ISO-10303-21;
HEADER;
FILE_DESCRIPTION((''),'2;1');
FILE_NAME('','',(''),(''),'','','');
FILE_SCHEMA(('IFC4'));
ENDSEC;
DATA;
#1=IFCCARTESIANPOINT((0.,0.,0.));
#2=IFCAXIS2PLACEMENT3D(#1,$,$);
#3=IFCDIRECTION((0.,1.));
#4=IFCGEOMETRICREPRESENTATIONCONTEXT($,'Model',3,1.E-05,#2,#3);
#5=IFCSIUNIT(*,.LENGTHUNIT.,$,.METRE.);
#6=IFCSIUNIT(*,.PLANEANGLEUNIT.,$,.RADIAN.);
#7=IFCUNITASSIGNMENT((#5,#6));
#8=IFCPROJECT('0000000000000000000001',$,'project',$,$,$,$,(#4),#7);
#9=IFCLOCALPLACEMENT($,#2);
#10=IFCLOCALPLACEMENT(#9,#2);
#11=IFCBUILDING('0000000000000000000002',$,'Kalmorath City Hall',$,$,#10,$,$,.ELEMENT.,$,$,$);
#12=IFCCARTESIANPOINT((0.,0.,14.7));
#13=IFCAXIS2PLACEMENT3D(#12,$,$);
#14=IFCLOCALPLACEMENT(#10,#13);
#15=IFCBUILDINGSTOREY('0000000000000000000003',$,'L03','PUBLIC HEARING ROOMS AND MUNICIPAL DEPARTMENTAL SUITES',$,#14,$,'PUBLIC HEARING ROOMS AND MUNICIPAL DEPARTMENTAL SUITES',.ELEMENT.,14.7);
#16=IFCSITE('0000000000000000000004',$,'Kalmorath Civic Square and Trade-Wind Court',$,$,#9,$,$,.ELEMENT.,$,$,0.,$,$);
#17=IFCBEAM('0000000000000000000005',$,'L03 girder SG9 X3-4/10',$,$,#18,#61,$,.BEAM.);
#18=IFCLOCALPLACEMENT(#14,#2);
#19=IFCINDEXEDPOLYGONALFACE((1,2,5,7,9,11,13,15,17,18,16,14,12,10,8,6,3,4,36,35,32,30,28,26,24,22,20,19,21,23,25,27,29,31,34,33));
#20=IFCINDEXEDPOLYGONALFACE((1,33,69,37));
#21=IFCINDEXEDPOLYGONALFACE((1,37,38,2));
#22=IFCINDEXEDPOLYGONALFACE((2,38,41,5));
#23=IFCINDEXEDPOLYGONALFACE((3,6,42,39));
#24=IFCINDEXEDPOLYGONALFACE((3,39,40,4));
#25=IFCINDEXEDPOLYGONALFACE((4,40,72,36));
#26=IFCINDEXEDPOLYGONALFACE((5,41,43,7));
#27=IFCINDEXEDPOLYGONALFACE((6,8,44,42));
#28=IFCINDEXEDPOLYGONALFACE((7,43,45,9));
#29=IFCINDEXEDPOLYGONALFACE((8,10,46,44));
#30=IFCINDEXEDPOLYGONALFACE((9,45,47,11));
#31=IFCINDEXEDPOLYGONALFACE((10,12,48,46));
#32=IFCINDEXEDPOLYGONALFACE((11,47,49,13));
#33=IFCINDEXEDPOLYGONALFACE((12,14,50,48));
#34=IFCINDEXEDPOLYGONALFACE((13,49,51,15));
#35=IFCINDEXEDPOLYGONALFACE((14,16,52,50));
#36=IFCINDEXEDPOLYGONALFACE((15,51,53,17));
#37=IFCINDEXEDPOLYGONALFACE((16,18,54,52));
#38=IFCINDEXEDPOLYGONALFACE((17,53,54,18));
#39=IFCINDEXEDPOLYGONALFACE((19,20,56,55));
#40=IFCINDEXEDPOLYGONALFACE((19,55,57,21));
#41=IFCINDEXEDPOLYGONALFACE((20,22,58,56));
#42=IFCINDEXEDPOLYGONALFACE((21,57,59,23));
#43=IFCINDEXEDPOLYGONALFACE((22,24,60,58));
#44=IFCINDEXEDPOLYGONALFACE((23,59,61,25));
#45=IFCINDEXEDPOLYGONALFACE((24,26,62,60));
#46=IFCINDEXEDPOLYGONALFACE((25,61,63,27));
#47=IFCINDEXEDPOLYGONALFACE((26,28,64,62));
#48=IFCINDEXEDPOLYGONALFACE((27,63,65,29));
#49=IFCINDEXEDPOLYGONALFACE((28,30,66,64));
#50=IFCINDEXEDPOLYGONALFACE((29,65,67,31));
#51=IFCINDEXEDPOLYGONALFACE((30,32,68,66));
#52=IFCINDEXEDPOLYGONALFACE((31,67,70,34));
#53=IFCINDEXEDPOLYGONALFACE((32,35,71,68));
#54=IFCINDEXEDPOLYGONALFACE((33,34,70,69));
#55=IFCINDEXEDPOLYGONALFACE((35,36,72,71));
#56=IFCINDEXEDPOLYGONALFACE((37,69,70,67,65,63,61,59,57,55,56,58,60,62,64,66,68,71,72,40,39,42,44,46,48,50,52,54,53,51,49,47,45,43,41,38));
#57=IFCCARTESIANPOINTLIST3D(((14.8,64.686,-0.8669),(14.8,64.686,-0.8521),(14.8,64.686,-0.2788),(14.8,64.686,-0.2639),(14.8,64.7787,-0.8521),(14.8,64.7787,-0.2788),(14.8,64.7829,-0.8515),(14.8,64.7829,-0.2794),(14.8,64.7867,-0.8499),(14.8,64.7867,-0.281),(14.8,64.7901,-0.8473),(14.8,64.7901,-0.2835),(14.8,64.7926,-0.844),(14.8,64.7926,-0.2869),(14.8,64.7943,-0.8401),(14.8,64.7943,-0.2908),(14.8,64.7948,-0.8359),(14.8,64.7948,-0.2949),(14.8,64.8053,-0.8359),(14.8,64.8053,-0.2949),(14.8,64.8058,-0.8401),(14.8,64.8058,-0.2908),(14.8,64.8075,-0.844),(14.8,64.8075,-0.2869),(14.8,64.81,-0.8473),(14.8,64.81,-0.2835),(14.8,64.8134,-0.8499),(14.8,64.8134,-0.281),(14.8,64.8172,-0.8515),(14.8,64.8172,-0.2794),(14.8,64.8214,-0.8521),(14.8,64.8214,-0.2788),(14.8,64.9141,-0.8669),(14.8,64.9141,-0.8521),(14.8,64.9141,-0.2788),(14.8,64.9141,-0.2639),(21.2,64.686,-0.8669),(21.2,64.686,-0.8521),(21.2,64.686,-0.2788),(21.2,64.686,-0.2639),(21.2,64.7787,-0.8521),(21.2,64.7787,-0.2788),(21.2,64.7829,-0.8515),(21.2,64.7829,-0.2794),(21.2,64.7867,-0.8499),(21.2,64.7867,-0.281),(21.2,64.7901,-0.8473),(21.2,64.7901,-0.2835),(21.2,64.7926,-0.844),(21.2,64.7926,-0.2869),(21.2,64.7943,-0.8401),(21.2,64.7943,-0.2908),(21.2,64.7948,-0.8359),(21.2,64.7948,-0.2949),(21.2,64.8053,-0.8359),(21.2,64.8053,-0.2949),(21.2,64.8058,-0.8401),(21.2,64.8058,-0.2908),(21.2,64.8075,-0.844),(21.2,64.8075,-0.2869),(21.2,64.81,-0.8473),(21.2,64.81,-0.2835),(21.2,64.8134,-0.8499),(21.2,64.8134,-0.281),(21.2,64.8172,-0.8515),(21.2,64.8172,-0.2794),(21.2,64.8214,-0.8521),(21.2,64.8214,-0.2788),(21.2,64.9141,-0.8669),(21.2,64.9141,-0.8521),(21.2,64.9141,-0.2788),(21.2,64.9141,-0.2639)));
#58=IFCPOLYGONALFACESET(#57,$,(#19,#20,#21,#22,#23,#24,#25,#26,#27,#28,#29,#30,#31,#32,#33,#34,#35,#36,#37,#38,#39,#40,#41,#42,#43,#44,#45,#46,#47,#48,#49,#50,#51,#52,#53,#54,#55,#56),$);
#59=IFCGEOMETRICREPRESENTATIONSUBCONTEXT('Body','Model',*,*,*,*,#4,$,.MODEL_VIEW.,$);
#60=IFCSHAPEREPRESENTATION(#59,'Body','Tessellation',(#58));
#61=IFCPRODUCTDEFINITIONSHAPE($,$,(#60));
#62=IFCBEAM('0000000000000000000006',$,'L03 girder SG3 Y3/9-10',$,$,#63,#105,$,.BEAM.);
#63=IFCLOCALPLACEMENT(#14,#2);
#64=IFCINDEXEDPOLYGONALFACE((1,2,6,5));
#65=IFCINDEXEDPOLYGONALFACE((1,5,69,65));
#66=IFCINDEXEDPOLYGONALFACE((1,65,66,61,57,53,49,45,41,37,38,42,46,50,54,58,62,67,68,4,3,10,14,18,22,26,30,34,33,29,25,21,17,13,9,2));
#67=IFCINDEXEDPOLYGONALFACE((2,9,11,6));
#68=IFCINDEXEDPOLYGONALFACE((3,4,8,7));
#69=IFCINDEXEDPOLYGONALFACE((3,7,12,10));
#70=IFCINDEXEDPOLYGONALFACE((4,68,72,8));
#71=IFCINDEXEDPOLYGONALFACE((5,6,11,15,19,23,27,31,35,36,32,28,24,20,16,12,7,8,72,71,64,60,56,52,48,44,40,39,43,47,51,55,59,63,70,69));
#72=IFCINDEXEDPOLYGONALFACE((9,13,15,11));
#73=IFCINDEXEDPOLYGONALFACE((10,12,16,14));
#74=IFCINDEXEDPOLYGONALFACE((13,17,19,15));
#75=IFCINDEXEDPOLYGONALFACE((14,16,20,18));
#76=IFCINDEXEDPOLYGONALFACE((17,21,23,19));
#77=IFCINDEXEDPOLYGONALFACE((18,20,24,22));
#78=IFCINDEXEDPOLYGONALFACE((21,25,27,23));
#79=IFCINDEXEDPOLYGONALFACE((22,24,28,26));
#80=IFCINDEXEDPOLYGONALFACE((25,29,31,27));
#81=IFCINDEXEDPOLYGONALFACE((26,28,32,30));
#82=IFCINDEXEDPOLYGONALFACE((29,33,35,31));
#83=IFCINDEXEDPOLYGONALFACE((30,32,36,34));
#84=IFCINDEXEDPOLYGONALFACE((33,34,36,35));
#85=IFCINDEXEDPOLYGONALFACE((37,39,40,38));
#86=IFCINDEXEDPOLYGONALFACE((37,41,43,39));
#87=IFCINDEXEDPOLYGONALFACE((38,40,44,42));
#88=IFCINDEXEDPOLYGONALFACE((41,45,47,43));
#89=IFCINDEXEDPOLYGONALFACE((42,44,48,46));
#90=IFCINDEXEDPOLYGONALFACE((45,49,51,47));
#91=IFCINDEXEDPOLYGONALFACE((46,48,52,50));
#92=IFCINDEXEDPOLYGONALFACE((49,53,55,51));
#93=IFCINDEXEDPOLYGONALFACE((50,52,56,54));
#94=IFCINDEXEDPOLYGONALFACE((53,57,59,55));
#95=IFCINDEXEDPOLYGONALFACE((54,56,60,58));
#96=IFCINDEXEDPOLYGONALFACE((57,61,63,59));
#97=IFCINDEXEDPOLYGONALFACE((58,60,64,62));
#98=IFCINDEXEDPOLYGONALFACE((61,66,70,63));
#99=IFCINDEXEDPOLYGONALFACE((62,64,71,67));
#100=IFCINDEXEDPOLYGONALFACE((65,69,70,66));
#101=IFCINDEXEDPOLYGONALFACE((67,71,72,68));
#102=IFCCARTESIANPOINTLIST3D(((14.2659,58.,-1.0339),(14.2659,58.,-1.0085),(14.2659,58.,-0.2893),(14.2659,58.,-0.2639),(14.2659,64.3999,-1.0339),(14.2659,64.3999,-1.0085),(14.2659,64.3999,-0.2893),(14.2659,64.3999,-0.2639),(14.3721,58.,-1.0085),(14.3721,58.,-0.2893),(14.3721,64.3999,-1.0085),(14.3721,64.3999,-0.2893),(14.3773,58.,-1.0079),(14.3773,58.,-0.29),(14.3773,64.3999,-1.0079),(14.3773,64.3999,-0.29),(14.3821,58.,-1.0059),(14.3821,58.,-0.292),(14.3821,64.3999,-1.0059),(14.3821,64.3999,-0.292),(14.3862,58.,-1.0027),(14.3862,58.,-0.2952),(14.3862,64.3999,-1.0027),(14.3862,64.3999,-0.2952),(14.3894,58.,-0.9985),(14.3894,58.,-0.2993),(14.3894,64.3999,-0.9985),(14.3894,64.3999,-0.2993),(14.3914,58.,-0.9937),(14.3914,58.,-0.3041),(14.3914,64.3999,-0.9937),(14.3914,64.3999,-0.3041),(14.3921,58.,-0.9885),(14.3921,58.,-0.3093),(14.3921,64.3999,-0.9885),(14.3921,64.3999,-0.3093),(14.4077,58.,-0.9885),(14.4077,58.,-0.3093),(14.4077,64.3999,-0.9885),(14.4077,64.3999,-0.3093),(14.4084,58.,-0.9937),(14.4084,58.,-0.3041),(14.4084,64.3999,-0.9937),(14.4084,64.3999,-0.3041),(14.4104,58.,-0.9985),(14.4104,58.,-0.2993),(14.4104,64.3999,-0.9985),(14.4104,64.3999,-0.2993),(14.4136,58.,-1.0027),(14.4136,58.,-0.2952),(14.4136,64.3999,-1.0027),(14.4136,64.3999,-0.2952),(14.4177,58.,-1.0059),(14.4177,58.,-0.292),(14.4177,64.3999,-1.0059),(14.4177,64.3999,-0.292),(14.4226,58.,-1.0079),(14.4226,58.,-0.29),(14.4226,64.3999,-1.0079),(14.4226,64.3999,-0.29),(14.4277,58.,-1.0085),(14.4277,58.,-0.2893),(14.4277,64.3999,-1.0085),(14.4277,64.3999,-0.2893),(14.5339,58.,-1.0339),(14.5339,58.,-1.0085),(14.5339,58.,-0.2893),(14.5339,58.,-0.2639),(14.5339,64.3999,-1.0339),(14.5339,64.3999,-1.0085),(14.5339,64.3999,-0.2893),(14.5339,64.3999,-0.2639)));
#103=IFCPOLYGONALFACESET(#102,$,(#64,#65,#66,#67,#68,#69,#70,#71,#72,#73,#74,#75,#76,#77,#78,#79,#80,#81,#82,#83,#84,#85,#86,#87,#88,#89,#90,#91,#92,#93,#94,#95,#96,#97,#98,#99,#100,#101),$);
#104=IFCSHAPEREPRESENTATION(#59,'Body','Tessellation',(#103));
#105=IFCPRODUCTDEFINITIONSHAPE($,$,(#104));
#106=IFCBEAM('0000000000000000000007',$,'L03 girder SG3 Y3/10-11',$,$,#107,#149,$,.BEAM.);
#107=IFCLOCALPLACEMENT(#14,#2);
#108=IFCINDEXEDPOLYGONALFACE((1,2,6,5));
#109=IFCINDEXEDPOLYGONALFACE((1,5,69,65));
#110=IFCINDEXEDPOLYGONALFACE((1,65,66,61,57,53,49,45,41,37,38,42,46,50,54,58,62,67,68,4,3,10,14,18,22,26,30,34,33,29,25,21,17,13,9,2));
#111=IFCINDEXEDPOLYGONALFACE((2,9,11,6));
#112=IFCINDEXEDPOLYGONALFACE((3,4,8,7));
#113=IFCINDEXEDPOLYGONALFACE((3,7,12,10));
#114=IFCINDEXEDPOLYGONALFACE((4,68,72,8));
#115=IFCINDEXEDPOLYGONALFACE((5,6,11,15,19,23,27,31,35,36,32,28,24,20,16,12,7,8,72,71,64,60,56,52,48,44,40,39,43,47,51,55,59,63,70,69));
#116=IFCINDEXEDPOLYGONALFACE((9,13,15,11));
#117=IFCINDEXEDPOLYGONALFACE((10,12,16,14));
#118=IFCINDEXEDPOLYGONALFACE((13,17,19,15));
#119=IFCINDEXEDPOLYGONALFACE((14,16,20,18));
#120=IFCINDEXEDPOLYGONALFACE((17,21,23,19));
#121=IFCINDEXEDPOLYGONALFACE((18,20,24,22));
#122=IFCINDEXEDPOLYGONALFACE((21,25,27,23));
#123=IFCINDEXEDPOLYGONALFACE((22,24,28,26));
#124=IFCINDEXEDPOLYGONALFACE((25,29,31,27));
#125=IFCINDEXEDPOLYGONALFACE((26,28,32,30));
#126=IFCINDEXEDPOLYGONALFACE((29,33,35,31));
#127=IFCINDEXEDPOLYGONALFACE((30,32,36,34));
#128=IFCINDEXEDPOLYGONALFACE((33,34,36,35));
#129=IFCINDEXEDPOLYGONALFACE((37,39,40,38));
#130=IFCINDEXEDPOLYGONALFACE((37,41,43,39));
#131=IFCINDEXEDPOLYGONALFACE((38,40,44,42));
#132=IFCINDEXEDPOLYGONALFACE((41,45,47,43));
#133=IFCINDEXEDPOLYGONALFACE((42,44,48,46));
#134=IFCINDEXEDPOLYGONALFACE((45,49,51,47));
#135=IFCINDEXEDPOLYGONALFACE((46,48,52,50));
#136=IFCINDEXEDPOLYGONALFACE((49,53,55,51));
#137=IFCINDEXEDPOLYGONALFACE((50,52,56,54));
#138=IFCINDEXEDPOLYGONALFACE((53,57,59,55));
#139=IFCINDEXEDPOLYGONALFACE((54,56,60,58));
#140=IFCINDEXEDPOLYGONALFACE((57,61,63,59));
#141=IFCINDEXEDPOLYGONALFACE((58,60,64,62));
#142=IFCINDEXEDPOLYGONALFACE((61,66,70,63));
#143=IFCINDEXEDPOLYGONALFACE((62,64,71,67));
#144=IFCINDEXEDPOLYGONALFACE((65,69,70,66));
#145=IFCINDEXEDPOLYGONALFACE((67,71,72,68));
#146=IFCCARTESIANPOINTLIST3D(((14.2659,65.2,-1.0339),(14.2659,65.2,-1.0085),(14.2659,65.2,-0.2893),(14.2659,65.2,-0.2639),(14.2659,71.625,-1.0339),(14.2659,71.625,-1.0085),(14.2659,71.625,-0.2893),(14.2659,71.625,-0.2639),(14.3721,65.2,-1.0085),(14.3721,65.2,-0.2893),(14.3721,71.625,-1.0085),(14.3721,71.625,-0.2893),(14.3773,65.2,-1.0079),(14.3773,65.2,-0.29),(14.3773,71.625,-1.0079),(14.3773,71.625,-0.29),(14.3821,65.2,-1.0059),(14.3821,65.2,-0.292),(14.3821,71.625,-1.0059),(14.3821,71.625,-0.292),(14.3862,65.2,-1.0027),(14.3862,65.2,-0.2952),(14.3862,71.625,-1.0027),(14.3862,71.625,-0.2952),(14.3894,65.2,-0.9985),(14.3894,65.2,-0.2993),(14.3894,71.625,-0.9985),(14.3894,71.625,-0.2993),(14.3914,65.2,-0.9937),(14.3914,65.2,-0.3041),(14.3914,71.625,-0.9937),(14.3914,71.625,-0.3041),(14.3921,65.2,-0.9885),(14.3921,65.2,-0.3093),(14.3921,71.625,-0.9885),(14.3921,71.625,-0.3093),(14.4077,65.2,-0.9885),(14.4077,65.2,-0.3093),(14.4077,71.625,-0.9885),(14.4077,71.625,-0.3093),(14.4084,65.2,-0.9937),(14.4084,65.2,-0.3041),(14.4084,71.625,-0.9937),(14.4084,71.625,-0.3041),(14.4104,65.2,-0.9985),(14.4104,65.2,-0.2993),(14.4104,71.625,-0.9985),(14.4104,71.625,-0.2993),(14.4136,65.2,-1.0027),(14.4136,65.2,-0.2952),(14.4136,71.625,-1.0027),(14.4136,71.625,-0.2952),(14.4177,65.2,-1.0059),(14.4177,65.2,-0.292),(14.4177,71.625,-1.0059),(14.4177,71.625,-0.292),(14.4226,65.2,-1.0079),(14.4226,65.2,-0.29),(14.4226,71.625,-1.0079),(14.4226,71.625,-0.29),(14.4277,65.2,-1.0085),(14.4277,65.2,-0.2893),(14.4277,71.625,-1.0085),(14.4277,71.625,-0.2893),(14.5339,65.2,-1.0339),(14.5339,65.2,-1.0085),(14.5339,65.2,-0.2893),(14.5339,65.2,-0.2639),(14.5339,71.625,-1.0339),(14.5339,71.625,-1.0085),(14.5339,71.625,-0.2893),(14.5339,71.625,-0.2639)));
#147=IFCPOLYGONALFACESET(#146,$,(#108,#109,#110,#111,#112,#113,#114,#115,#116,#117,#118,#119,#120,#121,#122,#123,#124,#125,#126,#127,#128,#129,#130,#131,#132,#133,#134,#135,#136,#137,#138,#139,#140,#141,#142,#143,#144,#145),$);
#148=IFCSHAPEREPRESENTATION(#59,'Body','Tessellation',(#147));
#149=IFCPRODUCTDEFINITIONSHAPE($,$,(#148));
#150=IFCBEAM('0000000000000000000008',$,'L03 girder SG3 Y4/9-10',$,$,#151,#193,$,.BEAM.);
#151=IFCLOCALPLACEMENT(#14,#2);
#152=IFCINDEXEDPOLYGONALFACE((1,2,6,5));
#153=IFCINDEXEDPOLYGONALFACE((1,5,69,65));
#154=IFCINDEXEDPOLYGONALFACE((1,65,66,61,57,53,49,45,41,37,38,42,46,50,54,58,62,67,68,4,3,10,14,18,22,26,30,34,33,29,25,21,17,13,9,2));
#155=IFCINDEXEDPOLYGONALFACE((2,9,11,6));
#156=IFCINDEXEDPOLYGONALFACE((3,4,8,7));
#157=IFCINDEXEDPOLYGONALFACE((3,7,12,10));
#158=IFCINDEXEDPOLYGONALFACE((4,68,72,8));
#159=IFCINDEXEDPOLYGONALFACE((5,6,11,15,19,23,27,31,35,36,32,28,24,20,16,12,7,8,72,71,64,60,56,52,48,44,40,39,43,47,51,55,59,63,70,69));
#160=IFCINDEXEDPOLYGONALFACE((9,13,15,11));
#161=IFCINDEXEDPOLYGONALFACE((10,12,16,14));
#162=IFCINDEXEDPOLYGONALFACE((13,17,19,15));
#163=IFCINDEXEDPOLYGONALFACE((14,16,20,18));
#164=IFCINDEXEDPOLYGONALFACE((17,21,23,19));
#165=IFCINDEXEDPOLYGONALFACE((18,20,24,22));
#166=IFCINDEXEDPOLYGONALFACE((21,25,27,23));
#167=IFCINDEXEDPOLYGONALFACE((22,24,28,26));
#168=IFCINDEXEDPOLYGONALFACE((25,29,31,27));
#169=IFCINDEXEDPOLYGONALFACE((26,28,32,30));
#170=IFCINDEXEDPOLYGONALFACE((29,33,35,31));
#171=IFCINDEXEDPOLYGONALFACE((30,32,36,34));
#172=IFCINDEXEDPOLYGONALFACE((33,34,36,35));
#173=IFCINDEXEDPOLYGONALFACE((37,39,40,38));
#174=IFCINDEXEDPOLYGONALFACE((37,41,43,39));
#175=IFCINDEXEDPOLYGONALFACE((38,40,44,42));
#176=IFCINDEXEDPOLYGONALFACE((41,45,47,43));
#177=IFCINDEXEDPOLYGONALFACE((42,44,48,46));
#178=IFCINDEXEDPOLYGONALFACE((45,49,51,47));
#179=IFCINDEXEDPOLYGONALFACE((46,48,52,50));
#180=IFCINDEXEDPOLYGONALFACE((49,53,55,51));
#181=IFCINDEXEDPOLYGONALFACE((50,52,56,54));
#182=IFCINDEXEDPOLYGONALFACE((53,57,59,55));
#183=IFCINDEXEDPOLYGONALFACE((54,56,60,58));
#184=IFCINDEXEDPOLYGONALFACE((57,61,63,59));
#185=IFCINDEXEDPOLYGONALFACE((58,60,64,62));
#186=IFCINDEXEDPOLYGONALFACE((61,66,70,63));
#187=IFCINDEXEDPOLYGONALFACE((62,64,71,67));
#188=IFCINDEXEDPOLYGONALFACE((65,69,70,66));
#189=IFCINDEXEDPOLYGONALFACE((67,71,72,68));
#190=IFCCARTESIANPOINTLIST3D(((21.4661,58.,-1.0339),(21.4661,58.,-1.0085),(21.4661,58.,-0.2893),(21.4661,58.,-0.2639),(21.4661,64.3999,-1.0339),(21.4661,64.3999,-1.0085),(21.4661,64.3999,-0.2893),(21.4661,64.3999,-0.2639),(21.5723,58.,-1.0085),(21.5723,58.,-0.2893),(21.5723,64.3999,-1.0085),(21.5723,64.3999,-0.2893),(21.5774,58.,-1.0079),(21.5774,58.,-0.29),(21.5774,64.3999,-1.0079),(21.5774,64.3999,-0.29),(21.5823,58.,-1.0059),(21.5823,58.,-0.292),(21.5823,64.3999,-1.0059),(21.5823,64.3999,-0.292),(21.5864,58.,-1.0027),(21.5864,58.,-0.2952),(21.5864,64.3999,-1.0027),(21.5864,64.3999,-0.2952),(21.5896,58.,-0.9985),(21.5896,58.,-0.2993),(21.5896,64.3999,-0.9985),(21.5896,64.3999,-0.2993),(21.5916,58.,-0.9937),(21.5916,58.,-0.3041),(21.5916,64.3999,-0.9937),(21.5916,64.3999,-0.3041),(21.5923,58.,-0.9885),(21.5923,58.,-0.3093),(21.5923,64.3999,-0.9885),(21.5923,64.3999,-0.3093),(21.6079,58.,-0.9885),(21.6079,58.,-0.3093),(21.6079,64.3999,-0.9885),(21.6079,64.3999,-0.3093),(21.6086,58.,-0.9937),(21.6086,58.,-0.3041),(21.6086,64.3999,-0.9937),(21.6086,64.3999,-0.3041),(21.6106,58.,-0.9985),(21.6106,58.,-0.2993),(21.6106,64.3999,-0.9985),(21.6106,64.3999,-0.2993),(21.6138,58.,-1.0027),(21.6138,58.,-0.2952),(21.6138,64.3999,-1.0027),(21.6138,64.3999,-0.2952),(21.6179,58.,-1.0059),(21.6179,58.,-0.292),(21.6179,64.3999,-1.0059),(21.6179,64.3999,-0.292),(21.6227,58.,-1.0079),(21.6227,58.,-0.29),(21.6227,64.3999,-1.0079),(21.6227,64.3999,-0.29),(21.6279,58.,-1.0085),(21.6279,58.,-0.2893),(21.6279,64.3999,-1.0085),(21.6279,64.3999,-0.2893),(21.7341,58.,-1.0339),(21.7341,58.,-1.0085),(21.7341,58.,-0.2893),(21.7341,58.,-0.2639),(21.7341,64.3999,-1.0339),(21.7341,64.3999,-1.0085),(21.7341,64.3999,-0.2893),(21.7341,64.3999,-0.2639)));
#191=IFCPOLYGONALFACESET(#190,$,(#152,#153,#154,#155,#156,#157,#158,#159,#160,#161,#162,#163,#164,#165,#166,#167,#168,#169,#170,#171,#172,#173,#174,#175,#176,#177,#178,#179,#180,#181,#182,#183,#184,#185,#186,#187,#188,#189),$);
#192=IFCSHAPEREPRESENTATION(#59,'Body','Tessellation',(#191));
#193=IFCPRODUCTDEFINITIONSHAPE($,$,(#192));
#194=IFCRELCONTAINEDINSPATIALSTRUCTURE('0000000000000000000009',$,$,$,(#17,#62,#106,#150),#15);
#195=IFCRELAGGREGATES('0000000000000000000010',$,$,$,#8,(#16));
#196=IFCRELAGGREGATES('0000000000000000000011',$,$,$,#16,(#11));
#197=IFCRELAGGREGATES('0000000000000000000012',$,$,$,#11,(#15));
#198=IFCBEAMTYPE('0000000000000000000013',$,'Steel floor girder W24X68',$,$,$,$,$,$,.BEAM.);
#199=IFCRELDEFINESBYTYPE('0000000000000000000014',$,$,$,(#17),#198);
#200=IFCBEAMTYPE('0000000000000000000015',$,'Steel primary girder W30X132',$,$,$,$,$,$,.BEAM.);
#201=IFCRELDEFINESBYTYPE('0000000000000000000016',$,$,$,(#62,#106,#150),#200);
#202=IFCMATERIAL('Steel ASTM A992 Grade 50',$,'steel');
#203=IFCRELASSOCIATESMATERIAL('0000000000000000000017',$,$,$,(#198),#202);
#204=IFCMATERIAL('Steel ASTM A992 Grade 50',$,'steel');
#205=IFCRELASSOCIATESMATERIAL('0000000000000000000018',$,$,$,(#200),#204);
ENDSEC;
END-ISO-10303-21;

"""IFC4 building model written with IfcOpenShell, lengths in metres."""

from ifc_helpers import new_model, si_unit, direction, frame, origin, origin_2d, place, context, subcontext, project, spatial, i_section, extrude, material, material_profile, profile_set, type_object, element, save


model = new_model("IFC4")

# Units and contexts
model_context = context("Model", 3, precision=1e-05, world=origin(), true_north=direction((0.0, 1.0)))
body_context = subcontext(model_context, "Body", "Model", "MODEL_VIEW")
ifc_project = project(units=[si_unit("LENGTHUNIT", "METRE"), si_unit("PLANEANGLEUNIT", "RADIAN")], contexts=[model_context])

# Site, building, storey
site_placement = place(None, origin())
site = spatial("IfcSite", under=ifc_project, at=site_placement, Name="Kalmorath Civic Square and Trade-Wind Court", CompositionType="ELEMENT", RefElevation=0.0)
building_placement = place(site_placement, origin())
building = spatial("IfcBuilding", under=site, at=building_placement, Name="Kalmorath City Hall", CompositionType="ELEMENT")
storey_placement = place(building_placement, frame((0.0, 0.0, 14.7)))
storey = spatial("IfcBuildingStorey", under=building, at=storey_placement, Name="L03", Description="PUBLIC HEARING ROOMS AND MUNICIPAL DEPARTMENTAL SUITES", LongName="PUBLIC HEARING ROOMS AND MUNICIPAL DEPARTMENTAL SUITES", CompositionType="ELEMENT", Elevation=14.7)

# Beams
ifc_material_1 = material(Name="Steel ASTM A992 Grade 50", Category="steel")
ifc_material_profile_1 = material_profile(ifc_material_1, i_section(OverallWidth=0.228, OverallDepth=0.603, WebThickness=0.0105, FlangeThickness=0.0149, FilletRadius=0.0161, at=origin_2d()), Name="W24X68")
ifc_profile_set_1 = profile_set([ifc_material_profile_1], Name="Steel ASTM A992 Grade 50")
beam_type_1 = type_object("IfcBeamType", Name="Steel floor girder W24X68", PredefinedType="BEAM", material=ifc_profile_set_1)
for number, where, z_axis, x_axis, name in (
    (1, (14.8, 64.8, -0.5654), (1.0, 0.0, 0.0), (0.0, 1.0, 0.0), "L03 girder SG9 X3-4/10"),
):
    element("IfcBeam", number, at=place(storey_placement, frame(where, z_axis=z_axis, x_axis=x_axis)), inside=storey, type_object=beam_type_1, Name=name, PredefinedType="BEAM", context=body_context, shape_type="SweptSolid", body=[
        extrude(i_section(OverallWidth=0.228, OverallDepth=0.603, WebThickness=0.0105, FlangeThickness=0.0149, FilletRadius=0.0161, at=origin_2d()), origin(), (0.0, 0.0, 1.0), 6.3999),
    ])
ifc_material_2 = material(Name="Steel ASTM A992 Grade 50", Category="steel")
ifc_material_profile_2 = material_profile(ifc_material_2, i_section(OverallWidth=0.2681, OverallDepth=0.77, WebThickness=0.0156, FlangeThickness=0.0254, FilletRadius=0.02, at=origin_2d()), Name="W30X132")
ifc_profile_set_2 = profile_set([ifc_material_profile_2], Name="Steel ASTM A992 Grade 50")
beam_type_2 = type_object("IfcBeamType", Name="Steel primary girder W30X132", PredefinedType="BEAM", material=ifc_profile_set_2)
beam_1_placement = place(storey_placement, frame((14.3999, 58.0, -0.6489), z_axis=(0.0, 1.0, 0.0), x_axis=(-1.0, 0.0, 0.0)))
element("IfcBeam", 2, at=beam_1_placement, inside=storey, type_object=beam_type_2, Name="L03 girder SG3 Y3/9-10", PredefinedType="BEAM", context=body_context, shape_type="SweptSolid", body=[
    extrude(i_section(OverallWidth=0.2681, OverallDepth=0.77, WebThickness=0.0156, FlangeThickness=0.0254, FilletRadius=0.02, at=origin_2d()), origin(), (0.0, 0.0, 1.0), 6.3999),
])
beam_2_placement = place(storey_placement, frame((14.3999, 65.2, -0.6489), z_axis=(0.0, 1.0, 0.0), x_axis=(-1.0, 0.0, 0.0)))
element("IfcBeam", 3, at=beam_2_placement, inside=storey, type_object=beam_type_2, Name="L03 girder SG3 Y3/10-11", PredefinedType="BEAM", context=body_context, shape_type="SweptSolid", body=[
    extrude(i_section(OverallWidth=0.2681, OverallDepth=0.77, WebThickness=0.0156, FlangeThickness=0.0254, FilletRadius=0.02, at=origin_2d()), origin(), (0.0, 0.0, 1.0), 6.425),
])
beam_3_placement = place(storey_placement, frame((21.6001, 58.0, -0.6489), z_axis=(0.0, 1.0, 0.0), x_axis=(-1.0, 0.0, 0.0)))
element("IfcBeam", 4, at=beam_3_placement, inside=storey, type_object=beam_type_2, Name="L03 girder SG3 Y4/9-10", PredefinedType="BEAM", context=body_context, shape_type="SweptSolid", body=[
    extrude(i_section(OverallWidth=0.2681, OverallDepth=0.77, WebThickness=0.0156, FlangeThickness=0.0254, FilletRadius=0.02, at=origin_2d()), origin(), (0.0, 0.0, 1.0), 6.3999),
])

save(model, "model.ifc")
